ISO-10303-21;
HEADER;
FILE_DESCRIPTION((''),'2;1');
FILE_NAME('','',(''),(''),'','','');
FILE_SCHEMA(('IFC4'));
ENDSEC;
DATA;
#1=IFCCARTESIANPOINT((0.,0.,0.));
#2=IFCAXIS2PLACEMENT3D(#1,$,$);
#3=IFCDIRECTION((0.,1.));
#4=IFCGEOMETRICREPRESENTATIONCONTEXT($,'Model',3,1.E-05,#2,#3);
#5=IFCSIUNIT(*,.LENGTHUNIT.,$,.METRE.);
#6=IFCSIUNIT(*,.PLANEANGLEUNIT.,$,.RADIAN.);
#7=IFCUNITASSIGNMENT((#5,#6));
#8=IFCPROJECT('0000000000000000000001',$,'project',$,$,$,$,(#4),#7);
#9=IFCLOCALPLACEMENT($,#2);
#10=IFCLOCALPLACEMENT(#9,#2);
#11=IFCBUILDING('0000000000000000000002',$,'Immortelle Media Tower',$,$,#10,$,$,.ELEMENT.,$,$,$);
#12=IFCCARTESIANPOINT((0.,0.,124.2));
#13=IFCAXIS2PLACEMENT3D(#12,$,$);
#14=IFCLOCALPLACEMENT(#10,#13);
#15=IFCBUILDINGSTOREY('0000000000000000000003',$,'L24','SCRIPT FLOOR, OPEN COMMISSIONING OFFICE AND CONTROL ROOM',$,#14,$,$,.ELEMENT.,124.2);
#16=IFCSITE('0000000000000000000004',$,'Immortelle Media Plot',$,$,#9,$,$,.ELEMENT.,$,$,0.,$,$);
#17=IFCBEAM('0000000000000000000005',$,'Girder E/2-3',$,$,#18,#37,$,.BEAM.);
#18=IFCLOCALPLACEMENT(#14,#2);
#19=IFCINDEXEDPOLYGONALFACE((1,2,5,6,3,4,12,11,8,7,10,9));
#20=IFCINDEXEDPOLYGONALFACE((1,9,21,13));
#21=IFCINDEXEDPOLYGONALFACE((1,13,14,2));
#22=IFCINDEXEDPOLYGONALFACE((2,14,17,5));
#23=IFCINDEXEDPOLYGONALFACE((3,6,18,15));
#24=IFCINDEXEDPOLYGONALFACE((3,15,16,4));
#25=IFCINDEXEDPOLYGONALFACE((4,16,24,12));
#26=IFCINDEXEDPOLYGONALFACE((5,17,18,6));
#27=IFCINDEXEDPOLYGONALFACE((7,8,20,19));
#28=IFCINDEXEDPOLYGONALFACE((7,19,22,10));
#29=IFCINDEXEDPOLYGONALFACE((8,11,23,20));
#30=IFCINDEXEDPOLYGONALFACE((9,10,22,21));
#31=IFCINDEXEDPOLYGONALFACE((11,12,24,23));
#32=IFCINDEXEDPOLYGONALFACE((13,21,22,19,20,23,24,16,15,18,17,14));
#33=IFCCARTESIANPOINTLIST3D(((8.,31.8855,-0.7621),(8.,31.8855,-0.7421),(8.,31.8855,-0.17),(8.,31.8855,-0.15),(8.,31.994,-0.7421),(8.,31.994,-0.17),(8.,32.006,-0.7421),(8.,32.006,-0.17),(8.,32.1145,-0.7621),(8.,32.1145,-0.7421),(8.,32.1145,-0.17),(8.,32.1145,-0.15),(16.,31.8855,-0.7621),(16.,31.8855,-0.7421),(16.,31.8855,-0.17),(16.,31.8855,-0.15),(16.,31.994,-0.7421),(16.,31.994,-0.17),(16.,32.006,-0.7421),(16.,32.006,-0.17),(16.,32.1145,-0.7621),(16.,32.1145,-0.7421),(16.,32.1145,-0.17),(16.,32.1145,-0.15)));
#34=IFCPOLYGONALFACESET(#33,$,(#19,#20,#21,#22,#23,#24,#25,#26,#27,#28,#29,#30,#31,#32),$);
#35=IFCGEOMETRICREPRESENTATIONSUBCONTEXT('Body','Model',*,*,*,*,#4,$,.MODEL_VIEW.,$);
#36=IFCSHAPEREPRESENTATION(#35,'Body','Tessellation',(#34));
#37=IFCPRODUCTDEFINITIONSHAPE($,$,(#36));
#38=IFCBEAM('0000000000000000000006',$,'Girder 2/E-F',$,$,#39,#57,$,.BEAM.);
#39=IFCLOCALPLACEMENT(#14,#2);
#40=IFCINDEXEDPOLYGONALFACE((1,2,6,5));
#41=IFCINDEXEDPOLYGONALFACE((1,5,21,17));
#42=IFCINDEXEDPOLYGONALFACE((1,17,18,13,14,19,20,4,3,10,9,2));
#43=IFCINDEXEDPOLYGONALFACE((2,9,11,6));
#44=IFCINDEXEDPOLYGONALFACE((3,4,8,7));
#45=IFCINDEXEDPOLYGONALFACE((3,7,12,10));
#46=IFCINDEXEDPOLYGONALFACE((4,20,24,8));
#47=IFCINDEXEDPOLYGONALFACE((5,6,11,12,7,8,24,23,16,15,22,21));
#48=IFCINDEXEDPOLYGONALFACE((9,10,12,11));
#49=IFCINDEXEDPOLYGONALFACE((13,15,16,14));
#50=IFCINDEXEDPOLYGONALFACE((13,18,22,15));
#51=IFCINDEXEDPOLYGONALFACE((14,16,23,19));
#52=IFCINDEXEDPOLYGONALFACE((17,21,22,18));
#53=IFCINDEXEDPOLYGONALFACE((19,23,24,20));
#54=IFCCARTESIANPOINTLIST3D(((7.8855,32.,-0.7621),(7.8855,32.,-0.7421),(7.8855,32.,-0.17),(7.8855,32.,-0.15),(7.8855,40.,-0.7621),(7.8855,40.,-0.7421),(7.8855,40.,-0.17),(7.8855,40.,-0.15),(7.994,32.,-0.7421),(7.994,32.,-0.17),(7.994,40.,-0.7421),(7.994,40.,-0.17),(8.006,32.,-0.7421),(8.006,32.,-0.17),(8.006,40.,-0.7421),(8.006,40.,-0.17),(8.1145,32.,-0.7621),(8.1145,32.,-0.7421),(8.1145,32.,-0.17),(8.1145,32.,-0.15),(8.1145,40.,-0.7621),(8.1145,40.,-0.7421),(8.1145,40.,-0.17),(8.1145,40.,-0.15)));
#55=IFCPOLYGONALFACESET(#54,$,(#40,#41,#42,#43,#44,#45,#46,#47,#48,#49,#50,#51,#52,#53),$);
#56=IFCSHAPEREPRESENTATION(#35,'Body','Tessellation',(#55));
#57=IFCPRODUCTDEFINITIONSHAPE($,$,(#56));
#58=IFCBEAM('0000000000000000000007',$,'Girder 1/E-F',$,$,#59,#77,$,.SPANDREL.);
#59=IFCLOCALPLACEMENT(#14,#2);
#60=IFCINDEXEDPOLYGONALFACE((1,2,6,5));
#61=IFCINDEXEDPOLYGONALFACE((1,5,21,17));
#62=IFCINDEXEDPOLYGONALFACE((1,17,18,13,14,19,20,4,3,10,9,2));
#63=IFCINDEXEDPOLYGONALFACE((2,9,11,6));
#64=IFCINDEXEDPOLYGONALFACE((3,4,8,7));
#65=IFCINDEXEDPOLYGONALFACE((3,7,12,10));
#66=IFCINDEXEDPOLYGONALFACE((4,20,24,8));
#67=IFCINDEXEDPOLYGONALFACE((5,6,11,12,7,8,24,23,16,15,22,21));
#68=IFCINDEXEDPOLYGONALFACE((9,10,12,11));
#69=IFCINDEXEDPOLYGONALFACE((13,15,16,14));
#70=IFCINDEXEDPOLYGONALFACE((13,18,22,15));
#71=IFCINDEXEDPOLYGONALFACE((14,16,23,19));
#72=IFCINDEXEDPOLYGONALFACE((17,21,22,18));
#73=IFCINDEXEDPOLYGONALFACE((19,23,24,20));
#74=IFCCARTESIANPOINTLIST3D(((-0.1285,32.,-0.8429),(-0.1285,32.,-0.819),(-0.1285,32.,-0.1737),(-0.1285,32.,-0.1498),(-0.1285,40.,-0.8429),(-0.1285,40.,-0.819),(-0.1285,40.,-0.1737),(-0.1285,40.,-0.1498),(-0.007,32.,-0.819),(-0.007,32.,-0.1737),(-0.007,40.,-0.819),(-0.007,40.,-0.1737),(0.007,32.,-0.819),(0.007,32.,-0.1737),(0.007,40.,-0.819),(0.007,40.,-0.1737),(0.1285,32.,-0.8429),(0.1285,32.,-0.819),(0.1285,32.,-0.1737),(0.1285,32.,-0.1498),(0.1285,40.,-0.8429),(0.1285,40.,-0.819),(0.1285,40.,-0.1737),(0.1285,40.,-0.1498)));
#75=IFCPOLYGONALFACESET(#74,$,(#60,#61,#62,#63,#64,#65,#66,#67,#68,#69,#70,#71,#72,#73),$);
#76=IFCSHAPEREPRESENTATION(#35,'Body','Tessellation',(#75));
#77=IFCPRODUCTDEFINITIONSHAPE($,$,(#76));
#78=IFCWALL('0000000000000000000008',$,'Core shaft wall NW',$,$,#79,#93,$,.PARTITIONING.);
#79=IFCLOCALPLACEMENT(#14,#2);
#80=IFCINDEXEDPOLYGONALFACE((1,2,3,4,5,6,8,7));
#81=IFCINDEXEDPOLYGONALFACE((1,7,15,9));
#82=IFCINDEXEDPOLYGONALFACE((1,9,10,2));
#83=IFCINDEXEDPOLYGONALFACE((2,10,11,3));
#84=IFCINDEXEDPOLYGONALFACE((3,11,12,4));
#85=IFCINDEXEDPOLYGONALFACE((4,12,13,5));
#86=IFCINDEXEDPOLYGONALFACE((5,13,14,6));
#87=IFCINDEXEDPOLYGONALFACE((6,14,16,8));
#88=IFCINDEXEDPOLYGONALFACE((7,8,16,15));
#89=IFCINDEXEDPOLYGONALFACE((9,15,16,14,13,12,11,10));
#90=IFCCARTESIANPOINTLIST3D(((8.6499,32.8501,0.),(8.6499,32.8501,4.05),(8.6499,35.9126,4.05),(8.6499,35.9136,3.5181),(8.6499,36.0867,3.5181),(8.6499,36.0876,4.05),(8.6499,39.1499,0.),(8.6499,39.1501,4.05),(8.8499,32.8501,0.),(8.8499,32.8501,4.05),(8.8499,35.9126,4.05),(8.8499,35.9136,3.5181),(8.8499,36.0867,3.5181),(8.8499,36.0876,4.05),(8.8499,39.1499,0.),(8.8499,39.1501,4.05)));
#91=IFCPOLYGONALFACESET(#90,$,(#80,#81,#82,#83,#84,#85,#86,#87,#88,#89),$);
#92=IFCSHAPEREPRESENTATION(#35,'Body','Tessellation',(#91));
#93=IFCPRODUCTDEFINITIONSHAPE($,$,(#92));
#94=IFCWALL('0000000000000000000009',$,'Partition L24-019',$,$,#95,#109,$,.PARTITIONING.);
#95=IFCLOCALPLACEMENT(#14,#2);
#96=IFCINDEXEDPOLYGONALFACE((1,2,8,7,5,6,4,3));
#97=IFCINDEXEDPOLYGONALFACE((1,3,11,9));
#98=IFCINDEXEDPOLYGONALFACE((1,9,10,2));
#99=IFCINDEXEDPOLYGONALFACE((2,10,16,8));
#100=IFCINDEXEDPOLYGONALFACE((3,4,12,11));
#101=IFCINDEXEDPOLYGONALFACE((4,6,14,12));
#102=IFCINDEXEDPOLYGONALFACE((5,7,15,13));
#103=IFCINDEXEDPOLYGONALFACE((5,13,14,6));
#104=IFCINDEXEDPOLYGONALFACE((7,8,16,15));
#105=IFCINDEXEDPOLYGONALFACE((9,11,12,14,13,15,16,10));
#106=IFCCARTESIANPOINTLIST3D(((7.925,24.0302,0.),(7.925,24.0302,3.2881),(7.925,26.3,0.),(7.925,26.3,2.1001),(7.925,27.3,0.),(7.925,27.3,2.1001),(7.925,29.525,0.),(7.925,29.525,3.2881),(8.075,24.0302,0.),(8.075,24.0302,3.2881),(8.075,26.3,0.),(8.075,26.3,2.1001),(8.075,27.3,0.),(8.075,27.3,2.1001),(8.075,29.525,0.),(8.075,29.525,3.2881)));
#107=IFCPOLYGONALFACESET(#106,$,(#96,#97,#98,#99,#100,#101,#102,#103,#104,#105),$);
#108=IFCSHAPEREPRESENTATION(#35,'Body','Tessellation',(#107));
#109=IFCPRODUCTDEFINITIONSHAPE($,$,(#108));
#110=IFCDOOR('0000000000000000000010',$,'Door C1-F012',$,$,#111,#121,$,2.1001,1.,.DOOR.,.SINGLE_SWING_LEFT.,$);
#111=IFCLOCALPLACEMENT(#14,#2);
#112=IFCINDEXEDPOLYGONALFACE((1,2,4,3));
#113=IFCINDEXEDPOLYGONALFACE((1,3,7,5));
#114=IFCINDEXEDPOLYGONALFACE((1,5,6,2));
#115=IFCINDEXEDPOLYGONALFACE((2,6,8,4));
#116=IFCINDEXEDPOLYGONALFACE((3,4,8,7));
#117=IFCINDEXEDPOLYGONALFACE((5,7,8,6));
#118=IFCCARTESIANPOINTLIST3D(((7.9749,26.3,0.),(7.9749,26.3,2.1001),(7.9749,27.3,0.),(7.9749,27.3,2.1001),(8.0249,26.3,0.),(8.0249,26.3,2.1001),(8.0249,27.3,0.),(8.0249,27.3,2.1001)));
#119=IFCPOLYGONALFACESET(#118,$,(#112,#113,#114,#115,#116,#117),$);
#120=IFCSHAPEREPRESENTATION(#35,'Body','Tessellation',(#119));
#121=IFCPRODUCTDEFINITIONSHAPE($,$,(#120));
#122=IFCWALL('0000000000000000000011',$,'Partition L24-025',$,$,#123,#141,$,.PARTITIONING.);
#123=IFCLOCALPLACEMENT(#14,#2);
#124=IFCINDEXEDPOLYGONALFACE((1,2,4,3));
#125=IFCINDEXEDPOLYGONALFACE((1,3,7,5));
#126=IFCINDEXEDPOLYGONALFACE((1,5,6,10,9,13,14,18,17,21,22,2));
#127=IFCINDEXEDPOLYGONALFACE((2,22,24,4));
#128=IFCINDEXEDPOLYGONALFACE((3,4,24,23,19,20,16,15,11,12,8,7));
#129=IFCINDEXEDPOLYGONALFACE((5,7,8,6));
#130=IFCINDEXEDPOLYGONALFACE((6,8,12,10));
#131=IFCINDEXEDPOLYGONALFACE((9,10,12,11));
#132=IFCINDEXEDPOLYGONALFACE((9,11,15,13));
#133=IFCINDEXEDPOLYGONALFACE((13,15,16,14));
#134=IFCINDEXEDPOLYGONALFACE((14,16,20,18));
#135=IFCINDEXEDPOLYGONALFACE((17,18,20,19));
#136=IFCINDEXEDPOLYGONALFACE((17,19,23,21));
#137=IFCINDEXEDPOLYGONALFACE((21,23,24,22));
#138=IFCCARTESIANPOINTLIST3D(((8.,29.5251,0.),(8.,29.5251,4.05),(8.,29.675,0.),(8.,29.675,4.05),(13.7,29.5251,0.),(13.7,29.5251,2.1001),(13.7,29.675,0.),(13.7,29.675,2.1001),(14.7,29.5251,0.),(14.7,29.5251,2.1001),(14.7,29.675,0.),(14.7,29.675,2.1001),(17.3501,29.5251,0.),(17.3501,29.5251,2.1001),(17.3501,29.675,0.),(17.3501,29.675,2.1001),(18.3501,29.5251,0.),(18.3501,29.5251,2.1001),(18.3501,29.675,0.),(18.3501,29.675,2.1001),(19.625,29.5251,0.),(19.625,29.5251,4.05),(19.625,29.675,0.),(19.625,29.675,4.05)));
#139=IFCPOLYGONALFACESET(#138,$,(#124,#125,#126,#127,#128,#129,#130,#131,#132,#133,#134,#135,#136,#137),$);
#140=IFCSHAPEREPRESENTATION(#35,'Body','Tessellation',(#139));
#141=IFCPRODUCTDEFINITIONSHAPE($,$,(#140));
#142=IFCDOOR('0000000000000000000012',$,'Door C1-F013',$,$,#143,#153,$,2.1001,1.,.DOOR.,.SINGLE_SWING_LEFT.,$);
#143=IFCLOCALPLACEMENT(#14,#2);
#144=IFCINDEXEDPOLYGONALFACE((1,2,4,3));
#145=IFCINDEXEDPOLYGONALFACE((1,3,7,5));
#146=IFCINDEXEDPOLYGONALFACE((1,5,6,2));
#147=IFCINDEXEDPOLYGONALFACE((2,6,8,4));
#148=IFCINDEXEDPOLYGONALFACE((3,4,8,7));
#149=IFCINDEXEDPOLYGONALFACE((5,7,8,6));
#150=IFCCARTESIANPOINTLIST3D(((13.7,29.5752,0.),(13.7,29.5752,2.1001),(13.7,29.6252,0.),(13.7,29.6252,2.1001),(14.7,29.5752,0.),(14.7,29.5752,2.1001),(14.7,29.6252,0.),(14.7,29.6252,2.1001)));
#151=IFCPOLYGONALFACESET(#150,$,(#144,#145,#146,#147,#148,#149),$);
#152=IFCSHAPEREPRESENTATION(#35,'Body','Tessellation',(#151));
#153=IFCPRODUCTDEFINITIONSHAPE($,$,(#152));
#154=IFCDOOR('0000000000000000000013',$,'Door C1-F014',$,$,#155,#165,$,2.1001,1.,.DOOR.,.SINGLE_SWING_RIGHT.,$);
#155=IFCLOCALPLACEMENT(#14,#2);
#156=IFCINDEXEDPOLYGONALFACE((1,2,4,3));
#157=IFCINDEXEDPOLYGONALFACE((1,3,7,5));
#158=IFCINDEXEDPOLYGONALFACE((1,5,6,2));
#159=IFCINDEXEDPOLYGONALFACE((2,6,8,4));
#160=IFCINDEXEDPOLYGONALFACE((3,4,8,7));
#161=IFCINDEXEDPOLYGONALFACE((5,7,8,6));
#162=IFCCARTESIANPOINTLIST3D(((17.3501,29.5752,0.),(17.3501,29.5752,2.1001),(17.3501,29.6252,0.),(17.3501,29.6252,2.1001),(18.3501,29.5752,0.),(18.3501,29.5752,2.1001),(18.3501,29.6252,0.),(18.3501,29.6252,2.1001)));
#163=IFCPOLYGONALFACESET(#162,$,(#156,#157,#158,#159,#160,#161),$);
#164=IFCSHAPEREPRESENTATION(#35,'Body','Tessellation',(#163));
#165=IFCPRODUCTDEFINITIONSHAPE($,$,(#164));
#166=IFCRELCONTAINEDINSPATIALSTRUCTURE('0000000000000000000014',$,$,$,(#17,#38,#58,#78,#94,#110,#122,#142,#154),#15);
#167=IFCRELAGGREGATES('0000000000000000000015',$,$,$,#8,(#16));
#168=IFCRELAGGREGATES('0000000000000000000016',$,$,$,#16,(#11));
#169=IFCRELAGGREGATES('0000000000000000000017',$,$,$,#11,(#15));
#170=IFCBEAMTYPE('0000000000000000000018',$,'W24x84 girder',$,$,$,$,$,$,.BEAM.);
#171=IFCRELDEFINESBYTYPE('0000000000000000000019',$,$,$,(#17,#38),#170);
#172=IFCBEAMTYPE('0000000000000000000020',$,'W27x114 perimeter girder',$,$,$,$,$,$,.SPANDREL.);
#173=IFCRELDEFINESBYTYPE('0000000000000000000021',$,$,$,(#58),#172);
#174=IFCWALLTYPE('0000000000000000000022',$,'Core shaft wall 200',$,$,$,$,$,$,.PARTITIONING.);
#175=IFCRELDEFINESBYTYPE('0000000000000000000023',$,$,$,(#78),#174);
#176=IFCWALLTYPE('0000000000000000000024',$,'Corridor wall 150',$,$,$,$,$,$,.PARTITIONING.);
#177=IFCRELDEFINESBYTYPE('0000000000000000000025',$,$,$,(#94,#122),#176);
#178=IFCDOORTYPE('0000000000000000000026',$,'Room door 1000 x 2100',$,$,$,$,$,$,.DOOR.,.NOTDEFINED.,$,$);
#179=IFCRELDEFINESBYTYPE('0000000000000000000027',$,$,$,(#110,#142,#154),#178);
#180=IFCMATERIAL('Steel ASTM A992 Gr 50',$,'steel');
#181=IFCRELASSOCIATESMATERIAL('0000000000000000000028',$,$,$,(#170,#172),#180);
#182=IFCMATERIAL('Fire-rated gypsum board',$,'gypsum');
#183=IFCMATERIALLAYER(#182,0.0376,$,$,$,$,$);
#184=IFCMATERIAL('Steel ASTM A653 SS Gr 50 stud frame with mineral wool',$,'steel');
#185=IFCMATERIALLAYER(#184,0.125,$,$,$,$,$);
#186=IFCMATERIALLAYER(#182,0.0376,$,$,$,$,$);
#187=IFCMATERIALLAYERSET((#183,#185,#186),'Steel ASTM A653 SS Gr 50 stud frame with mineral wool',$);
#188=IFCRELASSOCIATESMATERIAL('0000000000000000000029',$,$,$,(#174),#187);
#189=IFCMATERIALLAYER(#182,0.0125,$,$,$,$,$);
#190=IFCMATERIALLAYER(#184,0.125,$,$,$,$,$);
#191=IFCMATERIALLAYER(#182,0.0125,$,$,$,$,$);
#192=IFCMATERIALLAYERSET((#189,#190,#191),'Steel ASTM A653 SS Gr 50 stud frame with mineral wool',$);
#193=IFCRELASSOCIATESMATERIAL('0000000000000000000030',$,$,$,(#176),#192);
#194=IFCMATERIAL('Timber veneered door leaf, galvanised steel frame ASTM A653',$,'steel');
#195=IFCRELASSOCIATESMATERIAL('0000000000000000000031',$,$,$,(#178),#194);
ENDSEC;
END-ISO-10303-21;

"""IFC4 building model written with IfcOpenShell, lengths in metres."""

from ifc_helpers import new_model, si_unit, direction, frame, frame_2d, origin, origin_2d, place, context, subcontext, project, spatial, polyline, rectangle, i_section, outline, extrude, material, layer, layer_set, material_profile, profile_set, type_object, element, fill, save


model = new_model("IFC4")

# Units and contexts
model_context = context("Model", 3, precision=1e-05, world=origin(), true_north=direction((0.0, 1.0)))
body_context = subcontext(model_context, "Body", "Model", "MODEL_VIEW")
ifc_project = project(units=[si_unit("LENGTHUNIT", "METRE"), si_unit("PLANEANGLEUNIT", "RADIAN")], contexts=[model_context])

# Site, building, storey
site_placement = place(None, origin())
site = spatial("IfcSite", under=ifc_project, at=site_placement, Name="Immortelle Media Plot", CompositionType="ELEMENT", RefElevation=0.0)
building_placement = place(site_placement, origin())
building = spatial("IfcBuilding", under=site, at=building_placement, Name="Immortelle Media Tower", CompositionType="ELEMENT")
storey_placement = place(building_placement, frame((0.0, 0.0, 124.2)))
storey = spatial("IfcBuildingStorey", under=building, at=storey_placement, Name="L24", Description="SCRIPT FLOOR, OPEN COMMISSIONING OFFICE AND CONTROL ROOM", CompositionType="ELEMENT", Elevation=124.2)

# Shared definitions
ifc_material_1 = material(Name="Steel ASTM A992 Gr 50", Category="steel")

# Beams
ifc_material_profile_1 = material_profile(ifc_material_1, i_section(OverallWidth=0.229, OverallDepth=0.6121, WebThickness=0.012, FlangeThickness=0.02, at=origin_2d()), Name="W24x84")
ifc_profile_set_1 = profile_set([ifc_material_profile_1], Name="Steel ASTM A992 Gr 50")
beam_type_1 = type_object("IfcBeamType", Name="W24x84 girder", PredefinedType="BEAM", material=ifc_profile_set_1)
for number, where, z_axis, x_axis, name in (
    (1, (8.0, 32.0, -0.4561), (1.0, 0.0, 0.0), (0.0, 1.0, 0.0), "Girder E/2-3"),
    (2, (8.0, 32.0, -0.4561), (0.0, 1.0, 0.0), (-1.0, 0.0, 0.0), "Girder 2/E-F"),
):
    element("IfcBeam", number, at=place(storey_placement, frame(where, z_axis=z_axis, x_axis=x_axis)), inside=storey, type_object=beam_type_1, Name=name, PredefinedType="BEAM", context=body_context, shape_type="SweptSolid", body=[
        extrude(i_section(OverallWidth=0.229, OverallDepth=0.6121, WebThickness=0.012, FlangeThickness=0.02, at=origin_2d()), origin(), (0.0, 0.0, 1.0), 8.0),
    ])
ifc_material_profile_2 = material_profile(ifc_material_1, i_section(OverallWidth=0.2571, OverallDepth=0.6931, WebThickness=0.0139, FlangeThickness=0.0239, at=origin_2d()), Name="W27x114")
ifc_profile_set_2 = profile_set([ifc_material_profile_2], Name="Steel ASTM A992 Gr 50")
beam_type_2 = type_object("IfcBeamType", Name="W27x114 perimeter girder", PredefinedType="SPANDREL", material=ifc_profile_set_2)
beam_1_placement = place(storey_placement, frame((0.0, 32.0, -0.4963), z_axis=(0.0, 1.0, 0.0), x_axis=(-1.0, 0.0, 0.0)))
element("IfcBeam", 3, at=beam_1_placement, inside=storey, type_object=beam_type_2, Name="Girder 1/E-F", PredefinedType="SPANDREL", context=body_context, shape_type="SweptSolid", body=[
    extrude(i_section(OverallWidth=0.2571, OverallDepth=0.6931, WebThickness=0.0139, FlangeThickness=0.0239, at=origin_2d()), origin(), (0.0, 0.0, 1.0), 8.0),
])

# Wall
ifc_material_2 = material(Name="Fire-rated gypsum board", Category="gypsum")
ifc_layer_1 = layer(ifc_material_2, 0.0376)
ifc_material_3 = material(Name="Steel ASTM A653 SS Gr 50 stud frame with mineral wool", Category="steel")
ifc_layer_2 = layer(ifc_material_3, 0.125)
ifc_layer_3 = layer(ifc_material_2, 0.0376)
ifc_layer_set_1 = layer_set([ifc_layer_1, ifc_layer_2, ifc_layer_3], Name="Steel ASTM A653 SS Gr 50 stud frame with mineral wool")
wall_type_1 = type_object("IfcWallType", Name="Core shaft wall 200", PredefinedType="PARTITIONING", material=ifc_layer_set_1)
wall_1_placement = place(storey_placement, frame((8.75, 32.8501, 0.0), z_axis=(0.0, 0.0, 1.0), x_axis=(0.0, 1.0, 0.0)))
element("IfcWall", 4, at=wall_1_placement, inside=storey, type_object=wall_type_1, Name="Core shaft wall NW", PredefinedType="PARTITIONING", context=body_context, shape_type="SweptSolid", body=[
    extrude(outline(polyline([(0.0, 0.0), (6.2998, 0.0), (6.3, 4.05), (3.2375, 4.05), (3.2366, 3.5181), (3.0635, 3.5181), (3.0625, 4.05), (0.0, 4.05), (0.0, 0.0)])), frame((0.0, 0.1001, 0.0), z_axis=(0.0, -1.0, 0.0), x_axis=(1.0, 0.0, 0.0)), (0.0, 0.0, 1.0), 0.2),
])

# Wall, opening, door
ifc_layer_4 = layer(ifc_material_2, 0.0125)
ifc_layer_5 = layer(ifc_material_3, 0.125)
ifc_layer_6 = layer(ifc_material_2, 0.0125)
ifc_layer_set_2 = layer_set([ifc_layer_4, ifc_layer_5, ifc_layer_6], Name="Steel ASTM A653 SS Gr 50 stud frame with mineral wool")
wall_type_2 = type_object("IfcWallType", Name="Corridor wall 150", PredefinedType="PARTITIONING", material=ifc_layer_set_2)
wall_2_placement = place(storey_placement, frame((8.0, 24.03, 0.0), z_axis=(0.0, 0.0, 1.0), x_axis=(0.0, 1.0, 0.0)))
wall_2 = element("IfcWall", 5, at=wall_2_placement, inside=storey, type_object=wall_type_2, Name="Partition L24-019", PredefinedType="PARTITIONING", context=body_context, shape_type="SweptSolid", body=[
    extrude(rectangle(XDim=5.4949, YDim=0.1499, at=frame_2d((2.7476, 0.0))), origin(), (0.0, 0.0, 1.0), 3.2881),
])
opening_1_placement = place(wall_2_placement, frame((3.27, 0.0, 0.0), z_axis=(0.0, 0.0, 1.0), x_axis=(-1.0, 0.0, 0.0)))
opening_1 = element("IfcOpeningElement", 6, at=opening_1_placement, cuts=wall_2, PredefinedType="OPENING", context=body_context, shape_type="SweptSolid", body=[
    extrude(rectangle(XDim=1.0, YDim=2.1001, at=frame_2d((0.5, 1.05))), frame((0.0, 0.085, 0.0), z_axis=(0.0, -1.0, 0.0), x_axis=(1.0, 0.0, 0.0)), (0.0, 0.0, 1.0), 0.1699),
])
ifc_material_4 = material(Name="Timber veneered door leaf, galvanised steel frame ASTM A653", Category="steel")
door_type_1 = type_object("IfcDoorType", Name="Room door 1000 x 2100", OperationType="NOTDEFINED", PredefinedType="DOOR", material=ifc_material_4)
door_1_placement = place(opening_1_placement, origin())
door_1 = element("IfcDoor", 7, at=door_1_placement, inside=storey, type_object=door_type_1, Name="Door C1-F012", OperationType="SINGLE_SWING_LEFT", OverallHeight=2.1001, OverallWidth=1.0, PredefinedType="DOOR", context=body_context, shape_type="SweptSolid", body=[
    extrude(rectangle(XDim=1.0, YDim=2.1001, at=frame_2d((0.5, 1.05))), frame((0.0, 0.0249, 0.0), z_axis=(0.0, -1.0, 0.0), x_axis=(1.0, 0.0, 0.0)), (0.0, 0.0, 1.0), 0.05),
])
fill(opening_1, door_1)

# Wall, openings, doors
wall_3_placement = place(storey_placement, frame((8.0, 29.6001, 0.0), z_axis=(0.0, 0.0, 1.0), x_axis=(1.0, 0.0, 0.0)))
wall_3 = element("IfcWall", 8, at=wall_3_placement, inside=storey, type_object=wall_type_2, Name="Partition L24-025", PredefinedType="PARTITIONING", context=body_context, shape_type="SweptSolid", body=[
    extrude(rectangle(XDim=11.625, YDim=0.1499, at=frame_2d((5.8125, 0.0))), origin(), (0.0, 0.0, 1.0), 4.05),
])
opening_2_placement = place(wall_3_placement, frame((6.7, 0.0, 0.0), z_axis=(0.0, 0.0, 1.0), x_axis=(-1.0, 0.0, 0.0)))
opening_2 = element("IfcOpeningElement", 9, at=opening_2_placement, cuts=wall_3, PredefinedType="OPENING", context=body_context, shape_type="SweptSolid", body=[
    extrude(rectangle(XDim=1.0, YDim=2.1001, at=frame_2d((0.5, 1.05))), frame((0.0, 0.085, 0.0), z_axis=(0.0, -1.0, 0.0), x_axis=(1.0, 0.0, 0.0)), (0.0, 0.0, 1.0), 0.1699),
])
opening_3_placement = place(wall_3_placement, frame((10.3501, 0.0, 0.0), z_axis=(0.0, 0.0, 1.0), x_axis=(-1.0, 0.0, 0.0)))
opening_3 = element("IfcOpeningElement", 10, at=opening_3_placement, cuts=wall_3, PredefinedType="OPENING", context=body_context, shape_type="SweptSolid", body=[
    extrude(rectangle(XDim=1.0, YDim=2.1001, at=frame_2d((0.5, 1.05))), frame((0.0, 0.085, 0.0), z_axis=(0.0, -1.0, 0.0), x_axis=(1.0, 0.0, 0.0)), (0.0, 0.0, 1.0), 0.1699),
])
door_2_placement = place(opening_2_placement, origin())
door_2 = element("IfcDoor", 11, at=door_2_placement, inside=storey, type_object=door_type_1, Name="Door C1-F013", OperationType="SINGLE_SWING_LEFT", OverallHeight=2.1001, OverallWidth=1.0, PredefinedType="DOOR", context=body_context, shape_type="SweptSolid", body=[
    extrude(rectangle(XDim=1.0, YDim=2.1001, at=frame_2d((0.5, 1.05))), frame((0.0, 0.0249, 0.0), z_axis=(0.0, -1.0, 0.0), x_axis=(1.0, 0.0, 0.0)), (0.0, 0.0, 1.0), 0.05),
])
fill(opening_2, door_2)
door_3_placement = place(opening_3_placement, origin())
door_3 = element("IfcDoor", 12, at=door_3_placement, inside=storey, type_object=door_type_1, Name="Door C1-F014", OperationType="SINGLE_SWING_RIGHT", OverallHeight=2.1001, OverallWidth=1.0, PredefinedType="DOOR", context=body_context, shape_type="SweptSolid", body=[
    extrude(rectangle(XDim=1.0, YDim=2.1001, at=frame_2d((0.5, 1.05))), frame((0.0, 0.0249, 0.0), z_axis=(0.0, -1.0, 0.0), x_axis=(1.0, 0.0, 0.0)), (0.0, 0.0, 1.0), 0.05),
])
fill(opening_3, door_3)

save(model, "model.ifc")
